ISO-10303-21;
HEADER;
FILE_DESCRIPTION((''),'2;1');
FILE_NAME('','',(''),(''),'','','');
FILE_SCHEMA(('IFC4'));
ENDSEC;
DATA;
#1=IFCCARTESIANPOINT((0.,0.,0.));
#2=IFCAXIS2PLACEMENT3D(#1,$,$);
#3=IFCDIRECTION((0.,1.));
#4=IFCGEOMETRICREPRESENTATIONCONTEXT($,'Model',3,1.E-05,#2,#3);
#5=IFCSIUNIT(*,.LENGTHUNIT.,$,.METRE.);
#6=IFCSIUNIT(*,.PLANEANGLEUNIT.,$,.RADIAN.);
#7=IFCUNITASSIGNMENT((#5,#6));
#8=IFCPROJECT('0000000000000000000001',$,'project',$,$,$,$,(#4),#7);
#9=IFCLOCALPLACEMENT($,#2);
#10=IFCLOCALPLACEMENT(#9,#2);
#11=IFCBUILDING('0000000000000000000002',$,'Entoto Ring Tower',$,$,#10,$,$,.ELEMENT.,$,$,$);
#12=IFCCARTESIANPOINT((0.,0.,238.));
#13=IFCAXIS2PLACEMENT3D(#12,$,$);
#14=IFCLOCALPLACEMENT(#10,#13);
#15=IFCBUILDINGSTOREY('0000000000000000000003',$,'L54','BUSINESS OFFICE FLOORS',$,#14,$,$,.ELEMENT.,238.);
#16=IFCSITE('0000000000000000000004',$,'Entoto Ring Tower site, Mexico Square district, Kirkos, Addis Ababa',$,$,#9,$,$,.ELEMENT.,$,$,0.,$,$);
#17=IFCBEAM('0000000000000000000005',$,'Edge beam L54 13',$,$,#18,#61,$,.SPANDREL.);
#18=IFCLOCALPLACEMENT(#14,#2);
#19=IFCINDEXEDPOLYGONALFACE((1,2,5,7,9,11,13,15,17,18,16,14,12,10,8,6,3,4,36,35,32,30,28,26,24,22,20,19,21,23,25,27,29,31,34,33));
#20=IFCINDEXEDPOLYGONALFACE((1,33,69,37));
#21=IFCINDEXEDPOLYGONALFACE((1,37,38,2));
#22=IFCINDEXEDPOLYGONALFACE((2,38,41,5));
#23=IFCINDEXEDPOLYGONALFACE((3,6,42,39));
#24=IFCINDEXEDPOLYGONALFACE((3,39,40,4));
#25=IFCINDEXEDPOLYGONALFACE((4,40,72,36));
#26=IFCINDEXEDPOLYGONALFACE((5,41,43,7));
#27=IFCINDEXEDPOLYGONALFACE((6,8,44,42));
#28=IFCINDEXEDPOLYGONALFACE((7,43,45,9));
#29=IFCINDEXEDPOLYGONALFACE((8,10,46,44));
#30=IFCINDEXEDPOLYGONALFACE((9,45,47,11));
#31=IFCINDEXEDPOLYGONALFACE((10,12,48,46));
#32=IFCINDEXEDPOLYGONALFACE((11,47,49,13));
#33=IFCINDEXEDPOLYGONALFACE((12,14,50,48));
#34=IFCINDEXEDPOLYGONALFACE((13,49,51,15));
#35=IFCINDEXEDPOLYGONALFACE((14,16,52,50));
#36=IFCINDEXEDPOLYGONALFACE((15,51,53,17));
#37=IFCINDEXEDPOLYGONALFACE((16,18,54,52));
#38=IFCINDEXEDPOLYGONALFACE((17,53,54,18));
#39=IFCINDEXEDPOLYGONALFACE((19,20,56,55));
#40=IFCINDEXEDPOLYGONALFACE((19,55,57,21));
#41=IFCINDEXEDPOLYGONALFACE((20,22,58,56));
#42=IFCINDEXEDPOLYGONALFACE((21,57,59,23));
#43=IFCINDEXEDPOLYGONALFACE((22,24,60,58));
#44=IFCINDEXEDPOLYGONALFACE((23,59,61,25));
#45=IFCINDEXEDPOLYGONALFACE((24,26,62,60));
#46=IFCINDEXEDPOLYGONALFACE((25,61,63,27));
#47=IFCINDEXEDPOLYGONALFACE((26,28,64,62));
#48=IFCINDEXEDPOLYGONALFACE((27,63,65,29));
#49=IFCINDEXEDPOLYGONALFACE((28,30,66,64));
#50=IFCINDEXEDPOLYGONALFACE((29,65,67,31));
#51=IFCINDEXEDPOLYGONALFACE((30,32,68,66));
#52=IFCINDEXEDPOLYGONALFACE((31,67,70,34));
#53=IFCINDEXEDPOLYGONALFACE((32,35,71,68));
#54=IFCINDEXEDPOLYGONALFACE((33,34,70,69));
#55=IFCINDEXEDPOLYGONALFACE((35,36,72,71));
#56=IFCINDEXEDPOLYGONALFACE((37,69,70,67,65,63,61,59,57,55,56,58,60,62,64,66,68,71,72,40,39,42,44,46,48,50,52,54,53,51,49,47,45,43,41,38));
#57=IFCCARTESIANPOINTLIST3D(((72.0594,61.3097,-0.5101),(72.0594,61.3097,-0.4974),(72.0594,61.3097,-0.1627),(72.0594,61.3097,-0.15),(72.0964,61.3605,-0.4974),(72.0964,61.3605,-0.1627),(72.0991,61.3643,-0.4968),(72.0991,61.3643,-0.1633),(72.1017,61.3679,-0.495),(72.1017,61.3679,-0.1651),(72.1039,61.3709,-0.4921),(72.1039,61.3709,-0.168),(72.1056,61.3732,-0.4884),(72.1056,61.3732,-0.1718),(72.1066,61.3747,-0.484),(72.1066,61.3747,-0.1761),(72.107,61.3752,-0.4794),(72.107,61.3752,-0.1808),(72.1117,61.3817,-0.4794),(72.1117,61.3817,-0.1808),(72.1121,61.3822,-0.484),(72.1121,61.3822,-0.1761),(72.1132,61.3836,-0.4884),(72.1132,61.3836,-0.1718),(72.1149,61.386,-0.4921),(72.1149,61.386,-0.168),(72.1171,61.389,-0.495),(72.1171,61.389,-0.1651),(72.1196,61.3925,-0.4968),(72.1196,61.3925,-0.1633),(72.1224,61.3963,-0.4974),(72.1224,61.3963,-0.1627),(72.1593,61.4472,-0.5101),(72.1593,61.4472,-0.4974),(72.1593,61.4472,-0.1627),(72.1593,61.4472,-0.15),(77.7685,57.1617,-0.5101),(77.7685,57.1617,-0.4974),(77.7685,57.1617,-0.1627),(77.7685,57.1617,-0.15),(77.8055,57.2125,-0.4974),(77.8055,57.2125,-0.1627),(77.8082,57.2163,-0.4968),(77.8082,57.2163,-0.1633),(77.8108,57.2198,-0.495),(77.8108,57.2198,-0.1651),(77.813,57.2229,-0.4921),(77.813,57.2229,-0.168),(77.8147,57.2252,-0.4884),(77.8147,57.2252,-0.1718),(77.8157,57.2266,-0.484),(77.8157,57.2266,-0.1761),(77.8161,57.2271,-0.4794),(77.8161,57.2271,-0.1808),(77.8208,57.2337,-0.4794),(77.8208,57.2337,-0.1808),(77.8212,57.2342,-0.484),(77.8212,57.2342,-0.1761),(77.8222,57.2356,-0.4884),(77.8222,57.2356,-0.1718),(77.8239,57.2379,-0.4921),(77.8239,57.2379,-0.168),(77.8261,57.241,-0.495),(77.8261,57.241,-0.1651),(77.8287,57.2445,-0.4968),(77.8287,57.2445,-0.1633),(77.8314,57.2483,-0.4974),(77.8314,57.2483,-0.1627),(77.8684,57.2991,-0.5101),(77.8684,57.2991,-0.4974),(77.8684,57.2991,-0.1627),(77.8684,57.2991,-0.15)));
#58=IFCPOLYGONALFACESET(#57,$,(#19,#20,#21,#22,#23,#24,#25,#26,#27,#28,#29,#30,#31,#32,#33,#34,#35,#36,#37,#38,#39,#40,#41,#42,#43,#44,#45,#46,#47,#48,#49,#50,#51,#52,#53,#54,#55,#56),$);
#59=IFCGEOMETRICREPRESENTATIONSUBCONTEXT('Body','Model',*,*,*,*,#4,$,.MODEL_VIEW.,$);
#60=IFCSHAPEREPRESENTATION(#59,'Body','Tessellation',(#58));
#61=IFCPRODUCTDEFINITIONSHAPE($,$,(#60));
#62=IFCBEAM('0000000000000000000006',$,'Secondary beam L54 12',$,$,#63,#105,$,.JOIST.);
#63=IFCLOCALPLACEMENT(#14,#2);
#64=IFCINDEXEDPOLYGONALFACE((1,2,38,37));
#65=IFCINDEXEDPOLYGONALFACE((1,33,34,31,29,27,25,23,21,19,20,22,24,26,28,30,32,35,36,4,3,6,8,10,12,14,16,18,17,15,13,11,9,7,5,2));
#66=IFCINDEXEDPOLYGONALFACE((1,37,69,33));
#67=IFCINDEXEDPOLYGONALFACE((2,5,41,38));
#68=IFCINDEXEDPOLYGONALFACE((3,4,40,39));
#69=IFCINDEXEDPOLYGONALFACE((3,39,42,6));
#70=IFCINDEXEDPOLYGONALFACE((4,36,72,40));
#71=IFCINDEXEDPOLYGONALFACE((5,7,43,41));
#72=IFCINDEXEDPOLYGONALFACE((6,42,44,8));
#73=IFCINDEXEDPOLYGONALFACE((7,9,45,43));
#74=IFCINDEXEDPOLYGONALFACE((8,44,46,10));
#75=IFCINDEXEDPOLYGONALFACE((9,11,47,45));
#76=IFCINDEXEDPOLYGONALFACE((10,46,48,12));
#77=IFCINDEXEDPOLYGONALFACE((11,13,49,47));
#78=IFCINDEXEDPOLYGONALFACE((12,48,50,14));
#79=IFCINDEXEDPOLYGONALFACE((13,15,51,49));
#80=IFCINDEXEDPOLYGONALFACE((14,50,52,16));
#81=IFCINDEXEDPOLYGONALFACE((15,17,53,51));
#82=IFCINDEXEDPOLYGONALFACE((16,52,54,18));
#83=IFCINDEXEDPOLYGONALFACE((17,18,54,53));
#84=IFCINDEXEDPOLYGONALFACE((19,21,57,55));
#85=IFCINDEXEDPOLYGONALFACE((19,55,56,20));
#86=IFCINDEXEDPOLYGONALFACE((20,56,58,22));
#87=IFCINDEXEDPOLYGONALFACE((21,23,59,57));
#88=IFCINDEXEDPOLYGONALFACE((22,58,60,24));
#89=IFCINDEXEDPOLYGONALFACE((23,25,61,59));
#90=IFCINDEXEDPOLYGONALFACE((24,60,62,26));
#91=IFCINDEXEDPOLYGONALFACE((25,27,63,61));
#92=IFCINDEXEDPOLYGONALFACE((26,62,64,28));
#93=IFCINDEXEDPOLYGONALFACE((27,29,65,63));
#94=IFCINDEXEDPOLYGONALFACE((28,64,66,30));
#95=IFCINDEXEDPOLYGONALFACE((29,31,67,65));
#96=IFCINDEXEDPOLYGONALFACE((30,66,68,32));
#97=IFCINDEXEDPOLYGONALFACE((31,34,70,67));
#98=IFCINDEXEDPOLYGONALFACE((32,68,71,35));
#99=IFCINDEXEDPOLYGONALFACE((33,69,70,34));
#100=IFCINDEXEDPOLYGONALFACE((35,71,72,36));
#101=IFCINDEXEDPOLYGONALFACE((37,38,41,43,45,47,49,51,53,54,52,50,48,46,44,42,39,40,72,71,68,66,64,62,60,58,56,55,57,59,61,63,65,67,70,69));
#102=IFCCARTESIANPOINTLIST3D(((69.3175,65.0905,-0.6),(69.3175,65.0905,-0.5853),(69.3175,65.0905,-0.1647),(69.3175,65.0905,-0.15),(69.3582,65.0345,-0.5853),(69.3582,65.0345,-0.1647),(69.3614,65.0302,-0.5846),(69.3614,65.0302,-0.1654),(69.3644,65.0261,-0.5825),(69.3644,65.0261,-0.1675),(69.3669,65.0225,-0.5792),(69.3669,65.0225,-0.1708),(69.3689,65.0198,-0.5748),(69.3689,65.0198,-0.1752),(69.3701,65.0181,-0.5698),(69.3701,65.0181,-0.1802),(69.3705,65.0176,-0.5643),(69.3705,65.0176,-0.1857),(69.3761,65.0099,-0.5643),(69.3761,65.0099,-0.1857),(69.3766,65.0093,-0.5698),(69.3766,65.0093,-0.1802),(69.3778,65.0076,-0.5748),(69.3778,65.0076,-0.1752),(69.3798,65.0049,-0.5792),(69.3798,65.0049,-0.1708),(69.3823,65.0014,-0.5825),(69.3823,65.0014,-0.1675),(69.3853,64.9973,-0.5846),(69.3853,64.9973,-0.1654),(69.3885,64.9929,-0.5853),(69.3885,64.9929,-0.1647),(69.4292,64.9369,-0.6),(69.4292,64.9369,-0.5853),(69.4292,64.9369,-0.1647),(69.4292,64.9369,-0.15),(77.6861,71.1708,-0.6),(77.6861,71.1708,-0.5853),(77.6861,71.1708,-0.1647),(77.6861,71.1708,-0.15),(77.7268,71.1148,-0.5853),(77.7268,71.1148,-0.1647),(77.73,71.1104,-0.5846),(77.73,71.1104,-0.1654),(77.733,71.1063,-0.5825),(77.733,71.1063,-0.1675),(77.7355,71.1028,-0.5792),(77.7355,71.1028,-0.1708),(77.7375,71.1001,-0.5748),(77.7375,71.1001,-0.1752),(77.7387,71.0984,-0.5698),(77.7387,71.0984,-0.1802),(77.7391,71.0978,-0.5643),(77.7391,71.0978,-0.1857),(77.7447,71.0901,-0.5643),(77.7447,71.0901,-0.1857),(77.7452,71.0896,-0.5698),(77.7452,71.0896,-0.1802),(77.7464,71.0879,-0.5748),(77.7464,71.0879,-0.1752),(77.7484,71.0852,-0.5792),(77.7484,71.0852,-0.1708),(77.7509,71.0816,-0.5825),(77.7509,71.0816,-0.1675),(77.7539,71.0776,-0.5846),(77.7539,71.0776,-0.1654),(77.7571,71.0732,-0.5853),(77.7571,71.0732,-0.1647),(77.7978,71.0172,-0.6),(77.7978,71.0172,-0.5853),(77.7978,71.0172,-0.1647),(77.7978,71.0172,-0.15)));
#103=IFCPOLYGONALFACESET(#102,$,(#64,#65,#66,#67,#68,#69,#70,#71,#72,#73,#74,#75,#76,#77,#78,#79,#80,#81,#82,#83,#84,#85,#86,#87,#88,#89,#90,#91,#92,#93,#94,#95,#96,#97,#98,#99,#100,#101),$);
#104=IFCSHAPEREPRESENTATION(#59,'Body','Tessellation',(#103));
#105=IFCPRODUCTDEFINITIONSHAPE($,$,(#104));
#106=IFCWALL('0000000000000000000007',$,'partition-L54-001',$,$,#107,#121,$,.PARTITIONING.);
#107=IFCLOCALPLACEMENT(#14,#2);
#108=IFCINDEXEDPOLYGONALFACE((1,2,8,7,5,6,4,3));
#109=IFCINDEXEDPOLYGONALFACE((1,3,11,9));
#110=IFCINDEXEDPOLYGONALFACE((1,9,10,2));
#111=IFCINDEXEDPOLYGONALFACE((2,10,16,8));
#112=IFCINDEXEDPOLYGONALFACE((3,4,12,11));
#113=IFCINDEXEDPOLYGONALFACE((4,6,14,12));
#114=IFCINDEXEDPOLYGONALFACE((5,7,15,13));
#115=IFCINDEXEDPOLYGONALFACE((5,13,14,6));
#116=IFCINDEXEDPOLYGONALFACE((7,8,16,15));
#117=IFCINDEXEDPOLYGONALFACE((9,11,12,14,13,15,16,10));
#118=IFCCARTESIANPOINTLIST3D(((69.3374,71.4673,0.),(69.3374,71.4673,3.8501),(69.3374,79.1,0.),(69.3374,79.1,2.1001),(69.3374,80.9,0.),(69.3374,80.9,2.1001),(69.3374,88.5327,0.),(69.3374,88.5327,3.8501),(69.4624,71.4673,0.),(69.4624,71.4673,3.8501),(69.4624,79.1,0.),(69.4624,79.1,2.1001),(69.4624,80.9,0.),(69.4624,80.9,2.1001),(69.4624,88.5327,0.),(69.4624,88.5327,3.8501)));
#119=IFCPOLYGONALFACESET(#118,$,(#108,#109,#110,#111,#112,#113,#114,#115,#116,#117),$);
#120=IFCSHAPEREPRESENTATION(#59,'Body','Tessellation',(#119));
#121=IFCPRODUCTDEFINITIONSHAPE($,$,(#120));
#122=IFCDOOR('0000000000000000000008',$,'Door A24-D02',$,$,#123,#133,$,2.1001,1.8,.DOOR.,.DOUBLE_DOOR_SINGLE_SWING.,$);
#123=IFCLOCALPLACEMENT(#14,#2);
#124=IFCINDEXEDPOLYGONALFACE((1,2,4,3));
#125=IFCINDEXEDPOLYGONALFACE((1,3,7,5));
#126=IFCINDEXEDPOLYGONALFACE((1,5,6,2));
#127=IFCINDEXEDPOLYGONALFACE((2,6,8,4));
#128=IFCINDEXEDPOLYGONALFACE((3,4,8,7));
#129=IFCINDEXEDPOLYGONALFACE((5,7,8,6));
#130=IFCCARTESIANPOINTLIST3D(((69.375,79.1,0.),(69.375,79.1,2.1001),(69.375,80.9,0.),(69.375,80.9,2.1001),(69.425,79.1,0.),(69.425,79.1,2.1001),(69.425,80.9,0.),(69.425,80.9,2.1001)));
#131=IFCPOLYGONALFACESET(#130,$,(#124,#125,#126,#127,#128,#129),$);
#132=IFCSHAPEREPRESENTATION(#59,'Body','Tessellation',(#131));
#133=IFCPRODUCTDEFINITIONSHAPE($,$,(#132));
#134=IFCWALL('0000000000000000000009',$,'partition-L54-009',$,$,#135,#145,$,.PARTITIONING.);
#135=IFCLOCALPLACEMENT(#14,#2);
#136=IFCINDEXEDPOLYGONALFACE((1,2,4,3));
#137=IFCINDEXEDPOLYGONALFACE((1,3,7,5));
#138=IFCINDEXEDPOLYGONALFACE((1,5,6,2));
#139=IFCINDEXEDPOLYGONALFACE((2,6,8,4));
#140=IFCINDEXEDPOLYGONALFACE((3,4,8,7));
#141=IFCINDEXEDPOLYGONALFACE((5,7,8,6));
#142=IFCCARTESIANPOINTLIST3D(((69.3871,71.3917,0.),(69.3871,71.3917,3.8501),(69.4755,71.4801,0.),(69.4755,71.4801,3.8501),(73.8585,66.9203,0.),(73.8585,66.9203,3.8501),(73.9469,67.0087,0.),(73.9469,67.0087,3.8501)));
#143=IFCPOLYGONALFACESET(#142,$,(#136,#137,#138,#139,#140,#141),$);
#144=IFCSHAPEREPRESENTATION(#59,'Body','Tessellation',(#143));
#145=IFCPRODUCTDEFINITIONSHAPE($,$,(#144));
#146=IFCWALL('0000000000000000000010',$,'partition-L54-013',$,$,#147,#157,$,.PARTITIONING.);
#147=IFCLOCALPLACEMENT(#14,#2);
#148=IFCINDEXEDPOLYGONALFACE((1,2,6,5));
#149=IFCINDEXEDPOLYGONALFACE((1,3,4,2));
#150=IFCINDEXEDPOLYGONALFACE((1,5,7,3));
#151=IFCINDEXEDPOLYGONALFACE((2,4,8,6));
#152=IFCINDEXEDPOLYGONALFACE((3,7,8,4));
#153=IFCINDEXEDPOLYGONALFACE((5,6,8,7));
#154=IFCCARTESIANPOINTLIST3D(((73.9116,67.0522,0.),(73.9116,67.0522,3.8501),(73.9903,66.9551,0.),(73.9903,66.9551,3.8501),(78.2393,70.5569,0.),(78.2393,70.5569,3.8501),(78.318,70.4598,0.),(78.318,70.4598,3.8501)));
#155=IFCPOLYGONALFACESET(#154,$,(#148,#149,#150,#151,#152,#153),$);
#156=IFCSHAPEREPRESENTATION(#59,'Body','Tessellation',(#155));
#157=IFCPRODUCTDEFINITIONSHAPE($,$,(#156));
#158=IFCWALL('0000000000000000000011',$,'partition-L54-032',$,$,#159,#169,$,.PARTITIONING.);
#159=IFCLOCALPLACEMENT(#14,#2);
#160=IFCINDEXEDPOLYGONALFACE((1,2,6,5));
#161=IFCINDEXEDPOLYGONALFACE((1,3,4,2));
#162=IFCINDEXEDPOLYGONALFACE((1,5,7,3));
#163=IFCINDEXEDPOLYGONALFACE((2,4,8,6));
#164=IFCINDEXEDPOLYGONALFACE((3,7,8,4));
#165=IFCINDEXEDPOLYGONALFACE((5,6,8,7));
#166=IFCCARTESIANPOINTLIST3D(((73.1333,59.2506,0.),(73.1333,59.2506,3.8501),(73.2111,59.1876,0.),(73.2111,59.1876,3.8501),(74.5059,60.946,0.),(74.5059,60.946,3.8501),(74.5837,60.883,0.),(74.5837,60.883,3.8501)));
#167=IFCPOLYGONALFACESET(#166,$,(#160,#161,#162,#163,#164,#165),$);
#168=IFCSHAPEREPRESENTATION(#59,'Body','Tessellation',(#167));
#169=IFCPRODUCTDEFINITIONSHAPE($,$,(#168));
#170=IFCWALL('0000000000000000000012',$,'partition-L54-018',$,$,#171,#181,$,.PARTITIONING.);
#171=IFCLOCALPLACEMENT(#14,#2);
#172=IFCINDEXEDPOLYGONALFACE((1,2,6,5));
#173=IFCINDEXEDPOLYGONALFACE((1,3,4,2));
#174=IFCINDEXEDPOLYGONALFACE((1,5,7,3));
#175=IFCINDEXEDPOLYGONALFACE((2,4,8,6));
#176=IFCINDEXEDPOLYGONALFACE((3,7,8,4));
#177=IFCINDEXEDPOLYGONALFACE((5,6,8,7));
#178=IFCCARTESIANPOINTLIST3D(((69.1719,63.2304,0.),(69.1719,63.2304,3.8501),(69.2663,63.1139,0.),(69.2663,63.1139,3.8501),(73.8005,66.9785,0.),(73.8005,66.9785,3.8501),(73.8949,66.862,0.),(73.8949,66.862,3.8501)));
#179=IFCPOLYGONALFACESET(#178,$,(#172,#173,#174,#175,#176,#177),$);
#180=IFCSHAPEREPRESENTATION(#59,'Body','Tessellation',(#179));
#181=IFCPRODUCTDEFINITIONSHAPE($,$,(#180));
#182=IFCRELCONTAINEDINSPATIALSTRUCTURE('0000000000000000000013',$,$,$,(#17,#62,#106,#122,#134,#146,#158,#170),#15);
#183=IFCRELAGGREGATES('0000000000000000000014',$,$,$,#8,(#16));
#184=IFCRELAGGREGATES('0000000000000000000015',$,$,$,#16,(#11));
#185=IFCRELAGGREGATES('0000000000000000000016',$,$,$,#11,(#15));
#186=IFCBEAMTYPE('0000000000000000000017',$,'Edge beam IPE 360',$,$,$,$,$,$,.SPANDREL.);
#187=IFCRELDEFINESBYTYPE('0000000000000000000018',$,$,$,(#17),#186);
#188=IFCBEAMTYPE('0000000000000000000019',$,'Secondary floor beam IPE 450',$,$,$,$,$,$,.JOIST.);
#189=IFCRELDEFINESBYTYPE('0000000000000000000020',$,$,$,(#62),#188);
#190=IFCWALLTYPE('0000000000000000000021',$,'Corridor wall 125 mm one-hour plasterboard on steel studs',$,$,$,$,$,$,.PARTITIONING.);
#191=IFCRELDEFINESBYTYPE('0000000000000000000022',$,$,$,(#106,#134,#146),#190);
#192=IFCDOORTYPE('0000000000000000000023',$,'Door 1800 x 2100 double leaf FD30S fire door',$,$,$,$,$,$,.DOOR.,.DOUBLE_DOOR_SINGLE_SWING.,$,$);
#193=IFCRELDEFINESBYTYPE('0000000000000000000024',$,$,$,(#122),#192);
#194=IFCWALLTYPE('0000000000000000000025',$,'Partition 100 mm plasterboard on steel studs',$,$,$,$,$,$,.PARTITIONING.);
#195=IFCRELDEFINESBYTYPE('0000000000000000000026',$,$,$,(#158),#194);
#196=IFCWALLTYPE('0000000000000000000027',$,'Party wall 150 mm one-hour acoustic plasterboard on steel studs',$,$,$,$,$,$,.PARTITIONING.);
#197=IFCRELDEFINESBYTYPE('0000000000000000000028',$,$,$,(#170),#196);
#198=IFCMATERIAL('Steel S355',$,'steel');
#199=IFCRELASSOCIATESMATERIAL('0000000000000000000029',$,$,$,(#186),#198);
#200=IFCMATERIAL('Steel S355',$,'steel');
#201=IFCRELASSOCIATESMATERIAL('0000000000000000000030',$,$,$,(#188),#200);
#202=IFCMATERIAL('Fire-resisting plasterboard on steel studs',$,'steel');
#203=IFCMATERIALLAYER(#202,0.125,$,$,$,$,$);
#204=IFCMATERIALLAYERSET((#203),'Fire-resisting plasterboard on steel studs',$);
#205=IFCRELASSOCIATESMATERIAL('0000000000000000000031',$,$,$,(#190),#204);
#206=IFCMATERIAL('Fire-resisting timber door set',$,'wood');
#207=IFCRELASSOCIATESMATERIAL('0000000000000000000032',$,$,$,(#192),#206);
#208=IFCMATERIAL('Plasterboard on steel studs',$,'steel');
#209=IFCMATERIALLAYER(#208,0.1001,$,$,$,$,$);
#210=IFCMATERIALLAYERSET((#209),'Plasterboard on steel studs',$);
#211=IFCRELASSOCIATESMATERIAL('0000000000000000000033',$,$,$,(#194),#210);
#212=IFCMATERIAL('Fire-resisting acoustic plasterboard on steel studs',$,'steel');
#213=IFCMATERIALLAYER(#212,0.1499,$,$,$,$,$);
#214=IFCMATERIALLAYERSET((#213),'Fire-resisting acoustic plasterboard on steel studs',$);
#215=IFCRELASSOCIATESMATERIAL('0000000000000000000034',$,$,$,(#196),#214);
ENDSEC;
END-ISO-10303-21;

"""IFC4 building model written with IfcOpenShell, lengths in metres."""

from ifc_helpers import new_model, si_unit, direction, frame, frame_2d, origin, origin_2d, place, context, subcontext, project, spatial, rectangle, i_section, extrude, material, layer, layer_set, material_profile, profile_set, type_object, element, fill, save


model = new_model("IFC4")

# Units and contexts
model_context = context("Model", 3, precision=1e-05, world=origin(), true_north=direction((0.0, 1.0)))
body_context = subcontext(model_context, "Body", "Model", "MODEL_VIEW")
ifc_project = project(units=[si_unit("LENGTHUNIT", "METRE"), si_unit("PLANEANGLEUNIT", "RADIAN")], contexts=[model_context])

# Site, building, storey
site_placement = place(None, origin())
site = spatial("IfcSite", under=ifc_project, at=site_placement, Name="Entoto Ring Tower site, Mexico Square district, Kirkos, Addis Ababa", CompositionType="ELEMENT", RefElevation=0.0)
building_placement = place(site_placement, origin())
building = spatial("IfcBuilding", under=site, at=building_placement, Name="Entoto Ring Tower", CompositionType="ELEMENT")
storey_placement = place(building_placement, frame((0.0, 0.0, 238.0)))
storey = spatial("IfcBuildingStorey", under=building, at=storey_placement, Name="L54", Description="BUSINESS OFFICE FLOORS", CompositionType="ELEMENT", Elevation=238.0)

# Beams
ifc_material_1 = material(Name="Steel S355", Category="steel")
ifc_material_profile_1 = material_profile(ifc_material_1, i_section(OverallWidth=0.1699, OverallDepth=0.3601, WebThickness=0.0081, FlangeThickness=0.0127, FilletRadius=0.0181, at=origin_2d()), Name="IPE 360")
ifc_profile_set_1 = profile_set([ifc_material_profile_1], Name="Steel S355")
beam_type_1 = type_object("IfcBeamType", Name="Edge beam IPE 360", PredefinedType="SPANDREL", material=ifc_profile_set_1)
for number, where, z_axis, x_axis, name in (
    (1, (72.1094, 61.3784, -0.3301), (0.809008, -0.587797, 0.0), (0.587797, 0.809008, 0.0), "Edge beam L54 13"),
):
    element("IfcBeam", number, at=place(storey_placement, frame(where, z_axis=z_axis, x_axis=x_axis)), inside=storey, type_object=beam_type_1, Name=name, PredefinedType="SPANDREL", context=body_context, shape_type="SweptSolid", body=[
        extrude(i_section(OverallWidth=0.1699, OverallDepth=0.3601, WebThickness=0.0081, FlangeThickness=0.0127, FilletRadius=0.0181, at=origin_2d()), origin(), (0.0, 0.0, 1.0), 7.0569),
    ])
ifc_material_2 = material(Name="Steel S355", Category="steel")
ifc_material_profile_2 = material_profile(ifc_material_2, i_section(OverallWidth=0.1899, OverallDepth=0.45, WebThickness=0.0095, FlangeThickness=0.0146, FilletRadius=0.021, at=origin_2d()), Name="IPE 450")
ifc_profile_set_2 = profile_set([ifc_material_profile_2], Name="Steel S355")
beam_type_2 = type_object("IfcBeamType", Name="Secondary floor beam IPE 450", PredefinedType="JOIST", material=ifc_profile_set_2)
beam_placement = place(storey_placement, frame((77.7419, 71.094, -0.375), z_axis=(-0.809011, -0.587794, 0.0), x_axis=(0.587794, -0.809011, 0.0)))
element("IfcBeam", 2, at=beam_placement, inside=storey, type_object=beam_type_2, Name="Secondary beam L54 12", PredefinedType="JOIST", context=body_context, shape_type="SweptSolid", body=[
    extrude(i_section(OverallWidth=0.1899, OverallDepth=0.45, WebThickness=0.0095, FlangeThickness=0.0146, FilletRadius=0.021, at=origin_2d()), origin(), (0.0, 0.0, 1.0), 10.3442),
])

# Wall, opening, door
ifc_material_3 = material(Name="Fire-resisting plasterboard on steel studs", Category="steel")
ifc_layer_1 = layer(ifc_material_3, 0.125)
ifc_layer_set_1 = layer_set([ifc_layer_1], Name="Fire-resisting plasterboard on steel studs")
wall_type_1 = type_object("IfcWallType", Name="Corridor wall 125 mm one-hour plasterboard on steel studs", PredefinedType="PARTITIONING", material=ifc_layer_set_1)
wall_1_placement = place(storey_placement, frame((69.3999, 71.4673, 0.0), z_axis=(0.0, 0.0, 1.0), x_axis=(0.0, 1.0, 0.0)))
wall_1 = element("IfcWall", 3, at=wall_1_placement, inside=storey, type_object=wall_type_1, Name="partition-L54-001", PredefinedType="PARTITIONING", context=body_context, shape_type="SweptSolid", body=[
    extrude(rectangle(XDim=17.0654, YDim=0.125, at=frame_2d((8.5327, 0.0))), origin(), (0.0, 0.0, 1.0), 3.8501),
])
opening_placement = place(wall_1_placement, frame((7.6328, 0.0, 0.0)))
opening = element("IfcOpeningElement", 4, at=opening_placement, cuts=wall_1, PredefinedType="OPENING", context=body_context, shape_type="SweptSolid", body=[
    extrude(rectangle(XDim=1.8, YDim=2.1001, at=frame_2d((0.8999, 1.05))), frame((0.0, 0.0725, 0.0), z_axis=(0.0, -1.0, 0.0), x_axis=(1.0, 0.0, 0.0)), (0.0, 0.0, 1.0), 0.145),
])
ifc_material_4 = material(Name="Fire-resisting timber door set", Category="wood")
door_type = type_object("IfcDoorType", Name="Door 1800 x 2100 double leaf FD30S fire door", OperationType="DOUBLE_DOOR_SINGLE_SWING", PredefinedType="DOOR", material=ifc_material_4)
door_placement = place(opening_placement, origin())
door = element("IfcDoor", 5, at=door_placement, inside=storey, type_object=door_type, Name="Door A24-D02", OperationType="DOUBLE_DOOR_SINGLE_SWING", OverallHeight=2.1001, OverallWidth=1.8, PredefinedType="DOOR", context=body_context, shape_type="SweptSolid", body=[
    extrude(rectangle(XDim=1.8, YDim=2.1001, at=frame_2d((0.8999, 1.05))), frame((0.0, 0.0249, 0.0), z_axis=(0.0, -1.0, 0.0), x_axis=(1.0, 0.0, 0.0)), (0.0, 0.0, 1.0), 0.05),
])
fill(opening, door)

# Walls
wall_2_placement = place(storey_placement, frame((73.9026, 66.9646, 0.0), z_axis=(0.0, 0.0, 1.0), x_axis=(-0.707107, 0.707107, 0.0)))
element("IfcWall", 6, at=wall_2_placement, inside=storey, type_object=wall_type_1, Name="partition-L54-009", PredefinedType="PARTITIONING", context=body_context, shape_type="SweptSolid", body=[
    extrude(rectangle(XDim=6.3235, YDim=0.125, at=frame_2d((3.1616, 0.0))), origin(), (0.0, 0.0, 1.0), 3.8501),
])
wall_3_placement = place(storey_placement, frame((73.9509, 67.0037, 0.0), z_axis=(0.0, 0.0, 1.0), x_axis=(0.777129, 0.629341, 0.0)))
element("IfcWall", 7, at=wall_3_placement, inside=storey, type_object=wall_type_1, Name="partition-L54-013", PredefinedType="PARTITIONING", context=body_context, shape_type="SweptSolid", body=[
    extrude(rectangle(XDim=5.5688, YDim=0.125, at=frame_2d((2.7844, 0.0))), origin(), (0.0, 0.0, 1.0), 3.8501),
])
ifc_material_5 = material(Name="Plasterboard on steel studs", Category="steel")
ifc_layer_2 = layer(ifc_material_5, 0.1001)
ifc_layer_set_2 = layer_set([ifc_layer_2], Name="Plasterboard on steel studs")
wall_type_2 = type_object("IfcWallType", Name="Partition 100 mm plasterboard on steel studs", PredefinedType="PARTITIONING", material=ifc_layer_set_2)
wall_4_placement = place(storey_placement, frame((73.1721, 59.219, 0.0), z_axis=(0.0, 0.0, 1.0), x_axis=(0.629243, 0.777208, 0.0)))
element("IfcWall", 8, at=wall_4_placement, inside=storey, type_object=wall_type_2, Name="partition-L54-032", PredefinedType="PARTITIONING", context=body_context, shape_type="SweptSolid", body=[
    extrude(rectangle(XDim=2.1814, YDim=0.1001, at=frame_2d((1.0908, 0.0))), origin(), (0.0, 0.0, 1.0), 3.8501),
])
ifc_material_6 = material(Name="Fire-resisting acoustic plasterboard on steel studs", Category="steel")
ifc_layer_3 = layer(ifc_material_6, 0.1499)
ifc_layer_set_3 = layer_set([ifc_layer_3], Name="Fire-resisting acoustic plasterboard on steel studs")
wall_type_3 = type_object("IfcWallType", Name="Party wall 150 mm one-hour acoustic plasterboard on steel studs", PredefinedType="PARTITIONING", material=ifc_layer_set_3)
wall_5_placement = place(storey_placement, frame((69.219, 63.1721, 0.0), z_axis=(0.0, 0.0, 1.0), x_axis=(0.77716, 0.629303, 0.0)))
element("IfcWall", 9, at=wall_5_placement, inside=storey, type_object=wall_type_3, Name="partition-L54-018", PredefinedType="PARTITIONING", context=body_context, shape_type="SweptSolid", body=[
    extrude(rectangle(XDim=5.9558, YDim=0.1499, at=frame_2d((2.978, 0.0))), origin(), (0.0, 0.0, 1.0), 3.8501),
])

save(model, "model.ifc")
